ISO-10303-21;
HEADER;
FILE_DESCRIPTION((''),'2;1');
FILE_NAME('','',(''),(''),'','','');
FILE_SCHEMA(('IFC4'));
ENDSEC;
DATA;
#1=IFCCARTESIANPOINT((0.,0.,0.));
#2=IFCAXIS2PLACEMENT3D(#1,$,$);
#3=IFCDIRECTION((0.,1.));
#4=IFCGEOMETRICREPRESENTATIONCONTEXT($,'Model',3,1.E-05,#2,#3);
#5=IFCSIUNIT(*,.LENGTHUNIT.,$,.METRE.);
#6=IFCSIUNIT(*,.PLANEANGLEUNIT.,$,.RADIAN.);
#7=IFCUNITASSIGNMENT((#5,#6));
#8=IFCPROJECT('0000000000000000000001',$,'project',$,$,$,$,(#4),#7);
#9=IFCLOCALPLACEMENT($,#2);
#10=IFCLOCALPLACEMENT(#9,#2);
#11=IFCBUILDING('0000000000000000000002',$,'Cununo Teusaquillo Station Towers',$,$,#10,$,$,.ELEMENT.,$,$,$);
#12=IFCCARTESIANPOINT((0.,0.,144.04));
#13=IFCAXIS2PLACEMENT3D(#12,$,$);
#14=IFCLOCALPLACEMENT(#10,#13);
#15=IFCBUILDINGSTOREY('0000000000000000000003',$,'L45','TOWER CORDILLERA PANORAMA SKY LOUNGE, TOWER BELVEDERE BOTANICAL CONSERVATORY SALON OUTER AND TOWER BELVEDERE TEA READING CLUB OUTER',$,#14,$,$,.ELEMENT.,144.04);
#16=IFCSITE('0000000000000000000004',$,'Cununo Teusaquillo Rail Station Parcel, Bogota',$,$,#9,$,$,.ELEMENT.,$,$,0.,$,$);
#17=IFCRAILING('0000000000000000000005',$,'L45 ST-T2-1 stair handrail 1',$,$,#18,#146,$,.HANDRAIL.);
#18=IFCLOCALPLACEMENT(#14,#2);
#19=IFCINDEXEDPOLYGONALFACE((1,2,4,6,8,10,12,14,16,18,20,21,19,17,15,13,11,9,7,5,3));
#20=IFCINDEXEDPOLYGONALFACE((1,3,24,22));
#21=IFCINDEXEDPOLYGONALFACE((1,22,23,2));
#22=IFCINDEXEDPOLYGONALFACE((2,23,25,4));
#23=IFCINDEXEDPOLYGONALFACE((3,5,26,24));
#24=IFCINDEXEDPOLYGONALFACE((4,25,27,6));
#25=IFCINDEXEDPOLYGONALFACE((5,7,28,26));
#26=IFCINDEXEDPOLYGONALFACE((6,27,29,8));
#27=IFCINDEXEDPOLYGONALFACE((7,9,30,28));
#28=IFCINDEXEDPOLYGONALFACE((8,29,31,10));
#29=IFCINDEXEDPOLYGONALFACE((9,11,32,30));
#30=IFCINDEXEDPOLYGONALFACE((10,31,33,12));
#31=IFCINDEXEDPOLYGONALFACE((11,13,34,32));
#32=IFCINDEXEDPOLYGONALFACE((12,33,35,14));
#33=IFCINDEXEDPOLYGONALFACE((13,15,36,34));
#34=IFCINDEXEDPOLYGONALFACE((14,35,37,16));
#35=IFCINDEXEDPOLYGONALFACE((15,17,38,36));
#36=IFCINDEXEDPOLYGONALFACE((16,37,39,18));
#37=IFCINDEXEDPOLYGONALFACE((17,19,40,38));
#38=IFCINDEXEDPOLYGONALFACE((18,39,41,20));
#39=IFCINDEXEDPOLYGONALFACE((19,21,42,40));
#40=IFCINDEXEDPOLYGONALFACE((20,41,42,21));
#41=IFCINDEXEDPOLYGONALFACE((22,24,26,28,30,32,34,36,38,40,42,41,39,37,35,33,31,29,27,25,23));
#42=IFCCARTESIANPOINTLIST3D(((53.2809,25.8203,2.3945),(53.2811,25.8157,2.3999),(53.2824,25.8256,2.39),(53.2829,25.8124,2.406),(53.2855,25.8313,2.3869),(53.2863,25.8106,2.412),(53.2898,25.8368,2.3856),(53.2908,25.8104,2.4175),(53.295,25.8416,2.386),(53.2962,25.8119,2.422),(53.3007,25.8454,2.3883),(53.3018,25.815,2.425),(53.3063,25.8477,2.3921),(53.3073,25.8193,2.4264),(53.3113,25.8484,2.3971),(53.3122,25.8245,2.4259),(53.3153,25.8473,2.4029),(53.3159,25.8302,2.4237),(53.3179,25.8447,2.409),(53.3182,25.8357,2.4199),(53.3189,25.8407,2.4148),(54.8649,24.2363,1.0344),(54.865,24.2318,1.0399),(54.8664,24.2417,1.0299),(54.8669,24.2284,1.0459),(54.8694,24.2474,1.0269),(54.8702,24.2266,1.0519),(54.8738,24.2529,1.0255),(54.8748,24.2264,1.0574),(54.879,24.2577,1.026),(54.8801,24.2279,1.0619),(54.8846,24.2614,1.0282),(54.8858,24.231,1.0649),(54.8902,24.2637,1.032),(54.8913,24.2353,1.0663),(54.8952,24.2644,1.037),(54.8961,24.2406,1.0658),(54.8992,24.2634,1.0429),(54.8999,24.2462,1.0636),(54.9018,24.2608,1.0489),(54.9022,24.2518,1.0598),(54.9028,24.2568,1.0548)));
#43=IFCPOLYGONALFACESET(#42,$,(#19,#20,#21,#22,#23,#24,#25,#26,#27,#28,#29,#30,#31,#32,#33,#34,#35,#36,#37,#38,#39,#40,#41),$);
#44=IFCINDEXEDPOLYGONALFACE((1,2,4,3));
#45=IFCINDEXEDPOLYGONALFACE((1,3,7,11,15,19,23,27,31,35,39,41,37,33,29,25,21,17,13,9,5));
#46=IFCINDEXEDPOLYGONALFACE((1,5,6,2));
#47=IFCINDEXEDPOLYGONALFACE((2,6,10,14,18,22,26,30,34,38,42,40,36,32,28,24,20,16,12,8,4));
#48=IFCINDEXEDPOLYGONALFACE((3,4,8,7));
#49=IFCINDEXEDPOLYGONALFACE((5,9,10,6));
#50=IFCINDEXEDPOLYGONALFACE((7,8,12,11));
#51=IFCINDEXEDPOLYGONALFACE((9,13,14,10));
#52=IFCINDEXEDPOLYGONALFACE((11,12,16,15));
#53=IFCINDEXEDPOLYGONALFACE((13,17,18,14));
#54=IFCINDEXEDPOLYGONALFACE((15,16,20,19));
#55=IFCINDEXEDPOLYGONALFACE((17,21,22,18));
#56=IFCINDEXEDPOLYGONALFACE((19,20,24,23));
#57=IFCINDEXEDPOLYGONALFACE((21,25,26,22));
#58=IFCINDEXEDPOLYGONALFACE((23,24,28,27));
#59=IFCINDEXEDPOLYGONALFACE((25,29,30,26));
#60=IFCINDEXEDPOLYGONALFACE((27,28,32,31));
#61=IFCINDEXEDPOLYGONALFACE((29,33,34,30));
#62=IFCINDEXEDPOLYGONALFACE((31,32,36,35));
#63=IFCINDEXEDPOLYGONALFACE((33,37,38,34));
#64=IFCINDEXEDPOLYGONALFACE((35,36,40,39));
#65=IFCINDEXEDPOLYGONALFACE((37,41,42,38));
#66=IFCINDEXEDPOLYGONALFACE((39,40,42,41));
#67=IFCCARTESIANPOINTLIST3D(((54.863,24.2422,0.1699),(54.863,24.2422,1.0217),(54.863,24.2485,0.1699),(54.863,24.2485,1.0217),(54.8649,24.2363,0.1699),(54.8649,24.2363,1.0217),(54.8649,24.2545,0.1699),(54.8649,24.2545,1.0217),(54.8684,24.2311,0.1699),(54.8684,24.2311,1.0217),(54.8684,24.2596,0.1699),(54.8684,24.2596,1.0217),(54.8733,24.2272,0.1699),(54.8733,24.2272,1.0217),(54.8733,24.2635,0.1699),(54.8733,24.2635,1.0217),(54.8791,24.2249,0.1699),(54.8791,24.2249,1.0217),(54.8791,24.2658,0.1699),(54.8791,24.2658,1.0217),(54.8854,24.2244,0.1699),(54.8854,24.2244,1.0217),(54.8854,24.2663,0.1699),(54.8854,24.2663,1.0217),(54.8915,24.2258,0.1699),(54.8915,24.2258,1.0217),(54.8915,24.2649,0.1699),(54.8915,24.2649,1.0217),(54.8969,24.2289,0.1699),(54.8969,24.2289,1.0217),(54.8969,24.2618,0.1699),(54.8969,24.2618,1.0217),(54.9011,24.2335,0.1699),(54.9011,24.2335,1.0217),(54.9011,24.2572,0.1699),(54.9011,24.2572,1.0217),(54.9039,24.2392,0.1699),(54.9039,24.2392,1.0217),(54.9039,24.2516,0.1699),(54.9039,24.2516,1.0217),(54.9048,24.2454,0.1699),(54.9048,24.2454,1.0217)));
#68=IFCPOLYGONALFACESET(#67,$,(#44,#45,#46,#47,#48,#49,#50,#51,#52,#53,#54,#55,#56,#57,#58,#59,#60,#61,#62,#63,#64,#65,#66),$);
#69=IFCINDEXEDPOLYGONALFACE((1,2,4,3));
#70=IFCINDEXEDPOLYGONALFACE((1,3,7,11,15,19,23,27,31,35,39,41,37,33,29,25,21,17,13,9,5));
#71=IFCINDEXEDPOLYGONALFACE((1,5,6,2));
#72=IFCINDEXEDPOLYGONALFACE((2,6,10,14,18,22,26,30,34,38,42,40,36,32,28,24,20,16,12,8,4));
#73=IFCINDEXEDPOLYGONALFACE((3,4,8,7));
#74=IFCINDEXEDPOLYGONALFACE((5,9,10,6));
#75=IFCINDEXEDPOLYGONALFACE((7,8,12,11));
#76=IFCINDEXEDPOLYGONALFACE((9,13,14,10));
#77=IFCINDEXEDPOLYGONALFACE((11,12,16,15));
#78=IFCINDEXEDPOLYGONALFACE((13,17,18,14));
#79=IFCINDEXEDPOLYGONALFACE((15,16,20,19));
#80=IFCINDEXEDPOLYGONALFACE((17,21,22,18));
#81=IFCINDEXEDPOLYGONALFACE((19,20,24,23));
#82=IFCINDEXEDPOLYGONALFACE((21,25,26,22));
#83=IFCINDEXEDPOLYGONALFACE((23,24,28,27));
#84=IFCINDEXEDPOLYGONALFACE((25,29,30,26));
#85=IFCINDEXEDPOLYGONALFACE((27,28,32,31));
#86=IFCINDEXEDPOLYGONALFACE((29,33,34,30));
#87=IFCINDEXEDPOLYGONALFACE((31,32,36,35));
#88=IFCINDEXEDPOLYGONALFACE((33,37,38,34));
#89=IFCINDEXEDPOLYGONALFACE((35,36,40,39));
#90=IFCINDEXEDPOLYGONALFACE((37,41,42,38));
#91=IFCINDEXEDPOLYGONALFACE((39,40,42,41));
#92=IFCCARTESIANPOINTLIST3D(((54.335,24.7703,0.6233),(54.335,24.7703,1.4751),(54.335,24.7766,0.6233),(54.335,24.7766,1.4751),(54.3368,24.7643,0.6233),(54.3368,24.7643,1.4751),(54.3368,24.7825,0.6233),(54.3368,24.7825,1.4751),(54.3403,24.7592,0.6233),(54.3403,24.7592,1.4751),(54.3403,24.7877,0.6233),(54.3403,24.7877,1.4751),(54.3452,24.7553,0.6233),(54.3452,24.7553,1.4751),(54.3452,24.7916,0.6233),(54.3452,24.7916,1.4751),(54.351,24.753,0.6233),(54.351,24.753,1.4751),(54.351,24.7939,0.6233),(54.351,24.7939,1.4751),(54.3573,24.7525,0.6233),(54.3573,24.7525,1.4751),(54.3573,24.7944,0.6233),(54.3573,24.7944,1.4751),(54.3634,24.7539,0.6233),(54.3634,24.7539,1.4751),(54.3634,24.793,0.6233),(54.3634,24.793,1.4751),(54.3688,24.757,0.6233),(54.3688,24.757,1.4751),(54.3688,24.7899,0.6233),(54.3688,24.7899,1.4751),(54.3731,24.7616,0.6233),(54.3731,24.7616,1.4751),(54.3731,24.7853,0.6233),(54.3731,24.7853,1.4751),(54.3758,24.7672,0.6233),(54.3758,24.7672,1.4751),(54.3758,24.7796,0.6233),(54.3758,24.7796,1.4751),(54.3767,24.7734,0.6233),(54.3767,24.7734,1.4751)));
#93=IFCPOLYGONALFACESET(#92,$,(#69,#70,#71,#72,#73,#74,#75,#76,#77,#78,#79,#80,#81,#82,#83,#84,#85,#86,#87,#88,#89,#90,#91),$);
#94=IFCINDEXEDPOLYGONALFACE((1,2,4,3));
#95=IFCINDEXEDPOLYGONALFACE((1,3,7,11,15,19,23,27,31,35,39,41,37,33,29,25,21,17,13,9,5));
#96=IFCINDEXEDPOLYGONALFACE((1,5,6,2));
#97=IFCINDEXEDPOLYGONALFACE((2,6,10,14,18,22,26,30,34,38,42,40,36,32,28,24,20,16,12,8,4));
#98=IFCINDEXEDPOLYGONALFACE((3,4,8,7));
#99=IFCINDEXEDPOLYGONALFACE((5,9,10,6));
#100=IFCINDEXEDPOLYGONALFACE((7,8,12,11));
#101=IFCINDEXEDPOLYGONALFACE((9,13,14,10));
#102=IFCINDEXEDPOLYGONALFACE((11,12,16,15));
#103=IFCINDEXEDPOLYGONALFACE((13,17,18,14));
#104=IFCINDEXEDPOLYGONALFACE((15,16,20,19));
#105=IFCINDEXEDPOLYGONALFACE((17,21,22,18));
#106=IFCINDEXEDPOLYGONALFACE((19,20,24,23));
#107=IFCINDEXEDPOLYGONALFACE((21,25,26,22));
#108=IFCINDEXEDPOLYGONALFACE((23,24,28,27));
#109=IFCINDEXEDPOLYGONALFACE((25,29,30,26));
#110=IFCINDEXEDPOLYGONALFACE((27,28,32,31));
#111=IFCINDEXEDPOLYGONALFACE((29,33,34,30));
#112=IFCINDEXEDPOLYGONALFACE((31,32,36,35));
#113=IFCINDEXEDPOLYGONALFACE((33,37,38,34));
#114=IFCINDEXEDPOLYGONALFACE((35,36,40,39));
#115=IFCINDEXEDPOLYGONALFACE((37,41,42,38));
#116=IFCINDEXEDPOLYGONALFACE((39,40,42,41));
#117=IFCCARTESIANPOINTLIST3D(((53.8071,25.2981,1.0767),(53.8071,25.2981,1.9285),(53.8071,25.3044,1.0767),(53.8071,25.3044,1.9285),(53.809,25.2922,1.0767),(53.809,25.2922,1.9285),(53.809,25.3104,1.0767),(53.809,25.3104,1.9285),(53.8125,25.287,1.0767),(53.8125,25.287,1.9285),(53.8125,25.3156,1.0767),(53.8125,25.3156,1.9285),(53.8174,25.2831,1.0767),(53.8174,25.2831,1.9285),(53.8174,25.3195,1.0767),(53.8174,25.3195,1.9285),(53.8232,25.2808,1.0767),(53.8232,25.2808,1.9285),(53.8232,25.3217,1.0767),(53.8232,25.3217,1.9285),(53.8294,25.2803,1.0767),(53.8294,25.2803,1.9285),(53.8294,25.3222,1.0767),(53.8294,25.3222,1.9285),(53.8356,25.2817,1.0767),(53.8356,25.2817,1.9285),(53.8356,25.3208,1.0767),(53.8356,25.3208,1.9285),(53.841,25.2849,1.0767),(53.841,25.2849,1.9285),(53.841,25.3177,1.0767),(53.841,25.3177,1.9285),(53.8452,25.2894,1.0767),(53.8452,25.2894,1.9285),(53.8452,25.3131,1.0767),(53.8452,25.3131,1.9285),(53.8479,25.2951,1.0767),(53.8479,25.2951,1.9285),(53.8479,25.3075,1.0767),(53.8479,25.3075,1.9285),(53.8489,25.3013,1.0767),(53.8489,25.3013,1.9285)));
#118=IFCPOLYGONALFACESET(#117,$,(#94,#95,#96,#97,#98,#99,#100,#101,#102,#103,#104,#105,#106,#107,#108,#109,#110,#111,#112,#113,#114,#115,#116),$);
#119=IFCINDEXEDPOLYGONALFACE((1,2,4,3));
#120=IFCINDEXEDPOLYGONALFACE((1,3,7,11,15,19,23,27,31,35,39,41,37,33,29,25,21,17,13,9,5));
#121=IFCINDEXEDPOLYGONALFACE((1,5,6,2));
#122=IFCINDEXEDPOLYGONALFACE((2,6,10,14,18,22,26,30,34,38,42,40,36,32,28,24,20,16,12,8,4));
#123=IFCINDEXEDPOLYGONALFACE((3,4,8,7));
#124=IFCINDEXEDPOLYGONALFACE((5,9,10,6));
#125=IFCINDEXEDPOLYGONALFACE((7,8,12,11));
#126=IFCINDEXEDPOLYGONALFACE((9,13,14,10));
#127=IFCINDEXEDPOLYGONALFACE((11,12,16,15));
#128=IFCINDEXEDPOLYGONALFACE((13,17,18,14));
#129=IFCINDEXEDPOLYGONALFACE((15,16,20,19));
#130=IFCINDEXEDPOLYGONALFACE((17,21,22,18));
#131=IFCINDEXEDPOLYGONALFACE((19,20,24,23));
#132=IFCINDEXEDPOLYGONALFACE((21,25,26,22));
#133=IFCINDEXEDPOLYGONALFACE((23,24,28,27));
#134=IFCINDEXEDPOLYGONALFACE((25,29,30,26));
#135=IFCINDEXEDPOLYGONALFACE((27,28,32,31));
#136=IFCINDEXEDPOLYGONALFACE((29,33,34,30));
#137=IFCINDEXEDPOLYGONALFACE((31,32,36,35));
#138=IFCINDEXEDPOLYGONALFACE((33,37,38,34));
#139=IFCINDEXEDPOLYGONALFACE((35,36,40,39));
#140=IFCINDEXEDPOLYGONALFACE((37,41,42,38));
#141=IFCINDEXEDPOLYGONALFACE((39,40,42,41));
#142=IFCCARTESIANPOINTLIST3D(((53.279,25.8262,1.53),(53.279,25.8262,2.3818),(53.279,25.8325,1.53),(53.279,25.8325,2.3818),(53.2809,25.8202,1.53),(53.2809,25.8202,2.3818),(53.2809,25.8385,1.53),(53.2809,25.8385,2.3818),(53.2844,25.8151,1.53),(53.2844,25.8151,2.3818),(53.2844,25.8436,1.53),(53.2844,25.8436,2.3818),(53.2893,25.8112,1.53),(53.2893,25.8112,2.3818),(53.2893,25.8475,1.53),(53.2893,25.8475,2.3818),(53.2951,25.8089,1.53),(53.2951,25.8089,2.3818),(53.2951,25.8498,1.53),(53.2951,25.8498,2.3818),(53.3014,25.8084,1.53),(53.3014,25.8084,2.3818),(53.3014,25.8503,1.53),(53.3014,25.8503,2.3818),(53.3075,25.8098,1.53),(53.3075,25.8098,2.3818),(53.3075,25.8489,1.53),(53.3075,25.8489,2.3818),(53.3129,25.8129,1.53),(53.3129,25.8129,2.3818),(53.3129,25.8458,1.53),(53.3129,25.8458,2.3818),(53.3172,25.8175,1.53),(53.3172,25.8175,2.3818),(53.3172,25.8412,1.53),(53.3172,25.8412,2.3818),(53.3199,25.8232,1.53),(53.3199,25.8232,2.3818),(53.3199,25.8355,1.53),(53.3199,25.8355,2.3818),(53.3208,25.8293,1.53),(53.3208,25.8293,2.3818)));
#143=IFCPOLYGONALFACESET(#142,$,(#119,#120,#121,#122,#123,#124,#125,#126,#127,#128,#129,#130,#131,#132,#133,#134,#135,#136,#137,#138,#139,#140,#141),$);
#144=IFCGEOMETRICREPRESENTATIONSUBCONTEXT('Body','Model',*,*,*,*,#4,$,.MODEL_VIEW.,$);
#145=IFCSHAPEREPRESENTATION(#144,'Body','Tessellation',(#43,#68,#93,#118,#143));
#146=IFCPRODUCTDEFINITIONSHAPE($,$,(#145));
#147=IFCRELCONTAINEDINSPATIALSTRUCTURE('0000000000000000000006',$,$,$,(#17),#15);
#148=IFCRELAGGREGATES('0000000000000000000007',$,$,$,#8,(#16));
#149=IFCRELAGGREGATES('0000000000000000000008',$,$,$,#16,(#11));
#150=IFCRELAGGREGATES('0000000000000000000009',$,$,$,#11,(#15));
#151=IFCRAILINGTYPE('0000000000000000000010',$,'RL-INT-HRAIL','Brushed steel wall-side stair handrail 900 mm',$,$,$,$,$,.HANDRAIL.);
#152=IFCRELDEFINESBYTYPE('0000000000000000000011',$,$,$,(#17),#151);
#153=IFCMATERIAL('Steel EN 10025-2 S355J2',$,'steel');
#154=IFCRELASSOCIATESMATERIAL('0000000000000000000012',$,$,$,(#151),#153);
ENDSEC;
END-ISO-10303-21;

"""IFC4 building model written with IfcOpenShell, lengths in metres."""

from ifc_helpers import new_model, si_unit, direction, frame, origin, origin_2d, place, context, subcontext, project, spatial, circle, extrude, material, type_object, element, save


model = new_model("IFC4")

# Units and contexts
model_context = context("Model", 3, precision=1e-05, world=origin(), true_north=direction((0.0, 1.0)))
body_context = subcontext(model_context, "Body", "Model", "MODEL_VIEW")
ifc_project = project(units=[si_unit("LENGTHUNIT", "METRE"), si_unit("PLANEANGLEUNIT", "RADIAN")], contexts=[model_context])

# Site, building, storey
site_placement = place(None, origin())
site = spatial("IfcSite", under=ifc_project, at=site_placement, Name="Cununo Teusaquillo Rail Station Parcel, Bogota", CompositionType="ELEMENT", RefElevation=0.0)
building_placement = place(site_placement, origin())
building = spatial("IfcBuilding", under=site, at=building_placement, Name="Cununo Teusaquillo Station Towers", CompositionType="ELEMENT")
storey_placement = place(building_placement, frame((0.0, 0.0, 144.04)))
storey = spatial("IfcBuildingStorey", under=building, at=storey_placement, Name="L45", Description="TOWER CORDILLERA PANORAMA SKY LOUNGE, TOWER BELVEDERE BOTANICAL CONSERVATORY SALON OUTER AND TOWER BELVEDERE TEA READING CLUB OUTER", CompositionType="ELEMENT", Elevation=144.04)

# Railing
ifc_material_1 = material(Name="Steel EN 10025-2 S355J2", Category="steel")
railing_type_1 = type_object("IfcRailingType", Name="RL-INT-HRAIL", Description="Brushed steel wall-side stair handrail 900 mm", PredefinedType="HANDRAIL", material=ifc_material_1)
railing_1_placement = place(storey_placement, frame((54.8838, 24.2454, 0.1699)))
element("IfcRailing", 1, at=railing_1_placement, inside=storey, type_object=railing_type_1, Name="L45 ST-T2-1 stair handrail 1", PredefinedType="HANDRAIL", context=body_context, shape_type="SweptSolid", body=[
    extrude(circle(Radius=0.0239, at=origin_2d()), frame((0.0, 0.0, 0.876), z_axis=(-0.60442, 0.60442, 0.518992), x_axis=(-0.707107, -0.707107, 0.0)), (0.0, 0.0, 1.0), 2.6206),
    extrude(circle(Radius=0.021, at=origin_2d()), origin(), (0.0, 0.0, 1.0), 0.8518),
    extrude(circle(Radius=0.021, at=origin_2d()), frame((-0.5281, 0.5281, 0.4534)), (0.0, 0.0, 1.0), 0.8518),
    extrude(circle(Radius=0.021, at=origin_2d()), frame((-1.0559, 1.0559, 0.9067)), (0.0, 0.0, 1.0), 0.8518),
    extrude(circle(Radius=0.021, at=origin_2d()), frame((-1.584, 1.584, 1.3601)), (0.0, 0.0, 1.0), 0.8518),
])

save(model, "model.ifc")
